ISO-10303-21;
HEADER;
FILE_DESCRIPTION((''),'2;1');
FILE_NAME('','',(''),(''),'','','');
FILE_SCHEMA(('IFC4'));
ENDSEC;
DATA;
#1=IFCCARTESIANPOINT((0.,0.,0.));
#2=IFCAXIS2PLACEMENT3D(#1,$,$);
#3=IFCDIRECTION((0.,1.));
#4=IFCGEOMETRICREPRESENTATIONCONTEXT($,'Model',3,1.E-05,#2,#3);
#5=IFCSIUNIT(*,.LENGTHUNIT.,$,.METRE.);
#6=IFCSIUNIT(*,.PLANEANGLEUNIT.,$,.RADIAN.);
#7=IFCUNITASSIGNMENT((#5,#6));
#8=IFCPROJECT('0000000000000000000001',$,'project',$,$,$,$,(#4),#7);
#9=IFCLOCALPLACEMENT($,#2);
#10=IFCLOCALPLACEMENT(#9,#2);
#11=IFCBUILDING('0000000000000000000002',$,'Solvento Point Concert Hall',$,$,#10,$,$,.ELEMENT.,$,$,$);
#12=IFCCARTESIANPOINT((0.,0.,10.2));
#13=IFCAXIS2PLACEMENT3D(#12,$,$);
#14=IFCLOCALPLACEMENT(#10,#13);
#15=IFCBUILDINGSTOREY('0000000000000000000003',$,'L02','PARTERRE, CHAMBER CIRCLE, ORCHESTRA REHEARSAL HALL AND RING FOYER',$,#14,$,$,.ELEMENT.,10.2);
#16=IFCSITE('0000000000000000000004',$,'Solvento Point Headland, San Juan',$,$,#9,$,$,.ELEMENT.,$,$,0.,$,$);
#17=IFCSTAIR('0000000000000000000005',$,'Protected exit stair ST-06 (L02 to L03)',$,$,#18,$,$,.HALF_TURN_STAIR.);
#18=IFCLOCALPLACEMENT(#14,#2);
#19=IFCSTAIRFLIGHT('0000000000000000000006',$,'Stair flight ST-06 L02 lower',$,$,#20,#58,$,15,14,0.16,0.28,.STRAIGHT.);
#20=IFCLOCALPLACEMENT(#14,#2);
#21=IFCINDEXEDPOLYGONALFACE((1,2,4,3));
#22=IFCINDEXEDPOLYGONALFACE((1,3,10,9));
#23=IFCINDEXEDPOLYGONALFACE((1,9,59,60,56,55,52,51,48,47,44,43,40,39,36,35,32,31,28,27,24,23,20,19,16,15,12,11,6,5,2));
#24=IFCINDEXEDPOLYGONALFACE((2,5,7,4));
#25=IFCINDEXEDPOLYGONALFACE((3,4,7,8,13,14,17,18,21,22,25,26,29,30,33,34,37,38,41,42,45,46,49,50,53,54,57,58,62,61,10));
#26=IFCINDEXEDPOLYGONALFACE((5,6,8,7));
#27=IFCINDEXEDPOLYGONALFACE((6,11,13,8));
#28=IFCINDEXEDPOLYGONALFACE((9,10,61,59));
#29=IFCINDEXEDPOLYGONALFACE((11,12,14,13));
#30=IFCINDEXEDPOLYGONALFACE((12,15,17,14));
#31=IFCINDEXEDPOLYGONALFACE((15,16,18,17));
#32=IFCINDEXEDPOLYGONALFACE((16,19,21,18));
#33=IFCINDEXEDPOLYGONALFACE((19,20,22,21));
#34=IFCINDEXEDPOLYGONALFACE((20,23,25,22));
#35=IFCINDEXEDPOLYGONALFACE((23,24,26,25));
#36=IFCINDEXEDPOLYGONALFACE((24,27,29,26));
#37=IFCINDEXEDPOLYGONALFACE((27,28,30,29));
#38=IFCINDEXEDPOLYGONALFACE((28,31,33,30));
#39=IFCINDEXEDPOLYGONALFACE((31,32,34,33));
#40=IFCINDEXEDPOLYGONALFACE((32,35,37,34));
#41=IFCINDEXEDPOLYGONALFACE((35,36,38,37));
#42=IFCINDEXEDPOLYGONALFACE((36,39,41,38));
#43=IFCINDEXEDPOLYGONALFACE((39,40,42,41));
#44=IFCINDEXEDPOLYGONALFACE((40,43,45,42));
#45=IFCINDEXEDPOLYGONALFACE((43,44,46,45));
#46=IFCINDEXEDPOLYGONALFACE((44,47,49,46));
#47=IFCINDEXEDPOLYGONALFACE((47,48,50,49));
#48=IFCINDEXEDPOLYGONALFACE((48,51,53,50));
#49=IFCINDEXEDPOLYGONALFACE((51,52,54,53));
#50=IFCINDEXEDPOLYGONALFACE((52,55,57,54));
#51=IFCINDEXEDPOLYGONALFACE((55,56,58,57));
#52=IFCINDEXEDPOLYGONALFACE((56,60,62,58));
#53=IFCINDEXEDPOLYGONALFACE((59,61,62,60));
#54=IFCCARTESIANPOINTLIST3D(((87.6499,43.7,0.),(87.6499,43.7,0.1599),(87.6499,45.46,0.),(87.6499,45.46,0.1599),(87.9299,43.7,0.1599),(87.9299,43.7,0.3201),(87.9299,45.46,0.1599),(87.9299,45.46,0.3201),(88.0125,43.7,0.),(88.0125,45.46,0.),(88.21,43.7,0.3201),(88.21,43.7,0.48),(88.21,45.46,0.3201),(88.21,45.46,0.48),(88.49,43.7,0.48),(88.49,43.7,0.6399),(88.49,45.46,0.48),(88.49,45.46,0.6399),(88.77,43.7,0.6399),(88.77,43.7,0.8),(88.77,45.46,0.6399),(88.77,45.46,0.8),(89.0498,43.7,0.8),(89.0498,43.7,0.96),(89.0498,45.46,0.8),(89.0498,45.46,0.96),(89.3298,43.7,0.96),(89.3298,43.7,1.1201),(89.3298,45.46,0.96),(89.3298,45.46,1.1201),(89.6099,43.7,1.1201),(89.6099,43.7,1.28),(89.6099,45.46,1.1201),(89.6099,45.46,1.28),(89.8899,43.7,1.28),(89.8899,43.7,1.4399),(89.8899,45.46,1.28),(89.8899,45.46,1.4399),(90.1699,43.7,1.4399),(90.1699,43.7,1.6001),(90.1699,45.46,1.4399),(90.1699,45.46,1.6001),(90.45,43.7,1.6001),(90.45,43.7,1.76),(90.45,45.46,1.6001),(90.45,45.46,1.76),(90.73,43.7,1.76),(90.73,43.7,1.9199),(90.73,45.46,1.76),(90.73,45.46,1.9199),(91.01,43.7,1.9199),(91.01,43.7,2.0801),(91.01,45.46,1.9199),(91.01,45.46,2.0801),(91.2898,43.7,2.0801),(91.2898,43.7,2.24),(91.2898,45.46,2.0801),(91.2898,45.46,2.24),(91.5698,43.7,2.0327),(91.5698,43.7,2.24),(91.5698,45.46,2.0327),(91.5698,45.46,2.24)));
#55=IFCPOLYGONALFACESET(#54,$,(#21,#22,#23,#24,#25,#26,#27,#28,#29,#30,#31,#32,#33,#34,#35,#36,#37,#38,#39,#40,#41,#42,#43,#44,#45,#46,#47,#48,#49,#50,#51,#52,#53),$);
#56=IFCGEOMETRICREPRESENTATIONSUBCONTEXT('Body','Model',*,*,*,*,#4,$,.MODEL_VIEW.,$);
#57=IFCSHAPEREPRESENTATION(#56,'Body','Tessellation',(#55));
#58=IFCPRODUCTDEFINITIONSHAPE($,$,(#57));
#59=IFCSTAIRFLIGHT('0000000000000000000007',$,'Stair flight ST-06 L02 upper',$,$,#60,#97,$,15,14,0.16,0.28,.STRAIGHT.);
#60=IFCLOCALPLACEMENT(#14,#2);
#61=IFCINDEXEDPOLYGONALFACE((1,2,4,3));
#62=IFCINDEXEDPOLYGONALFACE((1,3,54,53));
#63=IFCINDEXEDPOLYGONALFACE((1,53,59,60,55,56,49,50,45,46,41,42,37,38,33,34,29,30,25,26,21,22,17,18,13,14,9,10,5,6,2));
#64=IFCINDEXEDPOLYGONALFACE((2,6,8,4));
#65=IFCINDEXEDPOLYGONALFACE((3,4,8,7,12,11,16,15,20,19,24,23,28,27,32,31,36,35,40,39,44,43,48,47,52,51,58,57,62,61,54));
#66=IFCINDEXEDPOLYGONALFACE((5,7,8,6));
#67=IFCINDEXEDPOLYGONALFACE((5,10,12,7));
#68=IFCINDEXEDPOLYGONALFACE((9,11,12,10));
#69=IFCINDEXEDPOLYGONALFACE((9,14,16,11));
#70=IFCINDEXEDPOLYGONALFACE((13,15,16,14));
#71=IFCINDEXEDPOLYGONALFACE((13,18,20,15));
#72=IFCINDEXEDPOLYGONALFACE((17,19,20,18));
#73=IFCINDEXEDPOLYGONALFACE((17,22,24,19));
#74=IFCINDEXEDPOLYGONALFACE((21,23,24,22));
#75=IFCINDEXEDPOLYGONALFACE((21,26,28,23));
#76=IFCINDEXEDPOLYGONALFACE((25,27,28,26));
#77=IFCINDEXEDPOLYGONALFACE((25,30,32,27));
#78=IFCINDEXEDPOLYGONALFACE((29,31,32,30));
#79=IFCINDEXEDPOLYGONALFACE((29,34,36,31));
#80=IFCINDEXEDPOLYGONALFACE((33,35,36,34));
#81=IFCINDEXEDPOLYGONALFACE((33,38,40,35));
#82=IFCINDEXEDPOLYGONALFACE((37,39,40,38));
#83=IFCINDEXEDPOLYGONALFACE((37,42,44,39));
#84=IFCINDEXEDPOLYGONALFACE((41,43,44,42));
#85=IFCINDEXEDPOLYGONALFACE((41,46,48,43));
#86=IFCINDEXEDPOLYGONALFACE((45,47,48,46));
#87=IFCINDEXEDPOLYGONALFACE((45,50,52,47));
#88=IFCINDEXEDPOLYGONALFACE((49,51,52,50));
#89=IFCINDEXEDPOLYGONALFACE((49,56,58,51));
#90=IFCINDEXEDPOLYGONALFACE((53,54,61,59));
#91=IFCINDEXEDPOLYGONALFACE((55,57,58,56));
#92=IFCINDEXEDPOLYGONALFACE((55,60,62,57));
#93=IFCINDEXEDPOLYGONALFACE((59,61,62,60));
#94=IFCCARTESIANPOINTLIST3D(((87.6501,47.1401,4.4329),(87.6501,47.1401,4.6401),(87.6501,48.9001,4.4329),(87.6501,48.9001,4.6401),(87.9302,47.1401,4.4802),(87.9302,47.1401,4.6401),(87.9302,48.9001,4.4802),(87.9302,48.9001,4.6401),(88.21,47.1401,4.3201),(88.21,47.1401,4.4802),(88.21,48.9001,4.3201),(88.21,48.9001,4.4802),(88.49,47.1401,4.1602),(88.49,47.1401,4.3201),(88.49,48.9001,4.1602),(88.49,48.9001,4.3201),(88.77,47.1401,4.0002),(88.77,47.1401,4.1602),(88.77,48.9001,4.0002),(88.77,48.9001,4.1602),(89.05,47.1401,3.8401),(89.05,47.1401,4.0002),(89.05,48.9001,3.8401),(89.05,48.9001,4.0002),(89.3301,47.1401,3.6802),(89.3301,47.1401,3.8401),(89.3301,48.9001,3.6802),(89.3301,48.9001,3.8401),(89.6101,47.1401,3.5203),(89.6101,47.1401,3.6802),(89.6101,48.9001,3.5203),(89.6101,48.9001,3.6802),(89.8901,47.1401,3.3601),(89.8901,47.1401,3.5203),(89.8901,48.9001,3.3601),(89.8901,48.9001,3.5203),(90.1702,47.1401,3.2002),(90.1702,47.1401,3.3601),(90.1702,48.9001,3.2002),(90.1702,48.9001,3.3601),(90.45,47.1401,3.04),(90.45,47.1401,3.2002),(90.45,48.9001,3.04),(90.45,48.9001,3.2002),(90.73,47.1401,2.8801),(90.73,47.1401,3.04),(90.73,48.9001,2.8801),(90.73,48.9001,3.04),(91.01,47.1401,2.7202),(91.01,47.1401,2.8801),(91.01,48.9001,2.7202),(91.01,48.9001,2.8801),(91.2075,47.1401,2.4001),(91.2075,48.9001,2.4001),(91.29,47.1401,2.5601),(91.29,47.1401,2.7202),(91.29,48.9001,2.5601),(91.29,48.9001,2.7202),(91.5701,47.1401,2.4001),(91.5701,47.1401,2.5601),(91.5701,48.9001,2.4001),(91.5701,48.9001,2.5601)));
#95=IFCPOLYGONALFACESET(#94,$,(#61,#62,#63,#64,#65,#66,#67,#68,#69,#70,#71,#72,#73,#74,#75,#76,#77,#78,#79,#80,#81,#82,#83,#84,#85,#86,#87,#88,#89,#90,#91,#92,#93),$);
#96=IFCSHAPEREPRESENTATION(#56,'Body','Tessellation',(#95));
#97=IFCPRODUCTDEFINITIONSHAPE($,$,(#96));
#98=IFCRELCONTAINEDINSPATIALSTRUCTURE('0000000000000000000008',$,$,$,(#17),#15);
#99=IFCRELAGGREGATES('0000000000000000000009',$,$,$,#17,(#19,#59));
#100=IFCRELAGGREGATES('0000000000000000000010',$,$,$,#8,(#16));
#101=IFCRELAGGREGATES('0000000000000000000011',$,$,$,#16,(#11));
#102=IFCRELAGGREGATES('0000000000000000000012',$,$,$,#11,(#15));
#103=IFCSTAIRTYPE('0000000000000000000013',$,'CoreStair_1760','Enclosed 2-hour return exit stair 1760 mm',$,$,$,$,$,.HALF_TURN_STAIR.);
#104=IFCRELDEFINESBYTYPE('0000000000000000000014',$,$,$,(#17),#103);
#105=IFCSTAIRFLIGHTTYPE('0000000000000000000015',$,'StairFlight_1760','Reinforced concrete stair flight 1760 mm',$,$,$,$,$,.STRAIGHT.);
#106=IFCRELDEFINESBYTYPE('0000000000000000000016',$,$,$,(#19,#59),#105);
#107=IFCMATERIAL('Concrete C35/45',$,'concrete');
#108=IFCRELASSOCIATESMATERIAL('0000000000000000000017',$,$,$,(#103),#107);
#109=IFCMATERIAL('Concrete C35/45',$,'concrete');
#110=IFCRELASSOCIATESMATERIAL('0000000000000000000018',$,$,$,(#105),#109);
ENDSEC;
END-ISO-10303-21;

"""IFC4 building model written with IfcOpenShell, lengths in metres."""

from ifc_helpers import new_model, si_unit, direction, frame, origin, place, context, subcontext, project, spatial, polyline, outline, extrude, material, type_object, element, aggregate, save


model = new_model("IFC4")

# Units and contexts
model_context = context("Model", 3, precision=1e-05, world=origin(), true_north=direction((0.0, 1.0)))
body_context = subcontext(model_context, "Body", "Model", "MODEL_VIEW")
ifc_project = project(units=[si_unit("LENGTHUNIT", "METRE"), si_unit("PLANEANGLEUNIT", "RADIAN")], contexts=[model_context])

# Site, building, storey
site_placement = place(None, origin())
site = spatial("IfcSite", under=ifc_project, at=site_placement, Name="Solvento Point Headland, San Juan", CompositionType="ELEMENT", RefElevation=0.0)
building_placement = place(site_placement, origin())
building = spatial("IfcBuilding", under=site, at=building_placement, Name="Solvento Point Concert Hall", CompositionType="ELEMENT")
storey_placement = place(building_placement, frame((0.0, 0.0, 10.2)))
storey = spatial("IfcBuildingStorey", under=building, at=storey_placement, Name="L02", Description="PARTERRE, CHAMBER CIRCLE, ORCHESTRA REHEARSAL HALL AND RING FOYER", CompositionType="ELEMENT", Elevation=10.2)

# Stair, stair flights
ifc_material_1 = material(Name="Concrete C35/45", Category="concrete")
stair_type = type_object("IfcStairType", Name="CoreStair_1760", Description="Enclosed 2-hour return exit stair 1760 mm", PredefinedType="HALF_TURN_STAIR", material=ifc_material_1)
stair_placement = place(storey_placement, origin())
stair = element("IfcStair", 1, at=stair_placement, inside=storey, type_object=stair_type, Name="Protected exit stair ST-06 (L02 to L03)", PredefinedType="HALF_TURN_STAIR")
ifc_material_2 = material(Name="Concrete C35/45", Category="concrete")
stair_flight_type = type_object("IfcStairFlightType", Name="StairFlight_1760", Description="Reinforced concrete stair flight 1760 mm", PredefinedType="STRAIGHT", material=ifc_material_2)
stair_flight_1_placement = place(storey_placement, frame((87.6499, 44.5801, 0.0), z_axis=(0.0, 0.0, 1.0), x_axis=(1.0, 0.0, 0.0)))
stair_flight_1 = element("IfcStairFlight", 2, at=stair_flight_1_placement, type_object=stair_flight_type, Name="Stair flight ST-06 L02 lower", NumberOfRisers=15, NumberOfTreads=14, PredefinedType="STRAIGHT", RiserHeight=0.16, TreadLength=0.28, context=body_context, shape_type="SweptSolid", body=[
    extrude(outline(polyline([(0.0, 0.0), (0.0, 0.1599), (0.28, 0.1599), (0.28, 0.3201), (0.5601, 0.3201), (0.5601, 0.48), (0.8401, 0.48), (0.8401, 0.6399), (1.1201, 0.6399), (1.1201, 0.8), (1.3999, 0.8), (1.3999, 0.96), (1.6799, 0.96), (1.6799, 1.1201), (1.96, 1.1201), (1.96, 1.28), (2.24, 1.28), (2.24, 1.4399), (2.52, 1.4399), (2.52, 1.6001), (2.8, 1.6001), (2.8, 1.76), (3.0801, 1.76), (3.0801, 1.9199), (3.3601, 1.9199), (3.3601, 2.0801), (3.6399, 2.0801), (3.6399, 2.24), (3.9199, 2.24), (3.9199, 2.3999), (3.9199, 2.0327), (0.3625, 0.0), (0.0, 0.0)])), frame((0.0, 0.8799, 0.0), z_axis=(0.0, -1.0, 0.0), x_axis=(1.0, 0.0, 0.0)), (0.0, 0.0, 1.0), 1.76),
])
stair_flight_2_placement = place(storey_placement, frame((91.5701, 48.02, 2.4001), z_axis=(0.0, 0.0, 1.0), x_axis=(-1.0, 0.0, 0.0)))
stair_flight_2 = element("IfcStairFlight", 3, at=stair_flight_2_placement, type_object=stair_flight_type, Name="Stair flight ST-06 L02 upper", NumberOfRisers=15, NumberOfTreads=14, PredefinedType="STRAIGHT", RiserHeight=0.16, TreadLength=0.28, context=body_context, shape_type="SweptSolid", body=[
    extrude(outline(polyline([(0.0, 0.0), (0.0, 0.1599), (0.28, 0.1599), (0.28, 0.3201), (0.5601, 0.3201), (0.5601, 0.48), (0.8401, 0.48), (0.8401, 0.6399), (1.1201, 0.6399), (1.1201, 0.8), (1.3999, 0.8), (1.3999, 0.96), (1.6799, 0.96), (1.6799, 1.1201), (1.96, 1.1201), (1.96, 1.28), (2.24, 1.28), (2.24, 1.4399), (2.52, 1.4399), (2.52, 1.6001), (2.8, 1.6001), (2.8, 1.76), (3.0801, 1.76), (3.0801, 1.9199), (3.3601, 1.9199), (3.3601, 2.0801), (3.6399, 2.0801), (3.6399, 2.24), (3.9199, 2.24), (3.9199, 2.3999), (3.9199, 2.0327), (0.3625, 0.0), (0.0, 0.0)])), frame((0.0, 0.8799, 0.0), z_axis=(0.0, -1.0, 0.0), x_axis=(1.0, 0.0, 0.0)), (0.0, 0.0, 1.0), 1.76),
])
aggregate(stair, [stair_flight_1, stair_flight_2])

save(model, "model.ifc")
